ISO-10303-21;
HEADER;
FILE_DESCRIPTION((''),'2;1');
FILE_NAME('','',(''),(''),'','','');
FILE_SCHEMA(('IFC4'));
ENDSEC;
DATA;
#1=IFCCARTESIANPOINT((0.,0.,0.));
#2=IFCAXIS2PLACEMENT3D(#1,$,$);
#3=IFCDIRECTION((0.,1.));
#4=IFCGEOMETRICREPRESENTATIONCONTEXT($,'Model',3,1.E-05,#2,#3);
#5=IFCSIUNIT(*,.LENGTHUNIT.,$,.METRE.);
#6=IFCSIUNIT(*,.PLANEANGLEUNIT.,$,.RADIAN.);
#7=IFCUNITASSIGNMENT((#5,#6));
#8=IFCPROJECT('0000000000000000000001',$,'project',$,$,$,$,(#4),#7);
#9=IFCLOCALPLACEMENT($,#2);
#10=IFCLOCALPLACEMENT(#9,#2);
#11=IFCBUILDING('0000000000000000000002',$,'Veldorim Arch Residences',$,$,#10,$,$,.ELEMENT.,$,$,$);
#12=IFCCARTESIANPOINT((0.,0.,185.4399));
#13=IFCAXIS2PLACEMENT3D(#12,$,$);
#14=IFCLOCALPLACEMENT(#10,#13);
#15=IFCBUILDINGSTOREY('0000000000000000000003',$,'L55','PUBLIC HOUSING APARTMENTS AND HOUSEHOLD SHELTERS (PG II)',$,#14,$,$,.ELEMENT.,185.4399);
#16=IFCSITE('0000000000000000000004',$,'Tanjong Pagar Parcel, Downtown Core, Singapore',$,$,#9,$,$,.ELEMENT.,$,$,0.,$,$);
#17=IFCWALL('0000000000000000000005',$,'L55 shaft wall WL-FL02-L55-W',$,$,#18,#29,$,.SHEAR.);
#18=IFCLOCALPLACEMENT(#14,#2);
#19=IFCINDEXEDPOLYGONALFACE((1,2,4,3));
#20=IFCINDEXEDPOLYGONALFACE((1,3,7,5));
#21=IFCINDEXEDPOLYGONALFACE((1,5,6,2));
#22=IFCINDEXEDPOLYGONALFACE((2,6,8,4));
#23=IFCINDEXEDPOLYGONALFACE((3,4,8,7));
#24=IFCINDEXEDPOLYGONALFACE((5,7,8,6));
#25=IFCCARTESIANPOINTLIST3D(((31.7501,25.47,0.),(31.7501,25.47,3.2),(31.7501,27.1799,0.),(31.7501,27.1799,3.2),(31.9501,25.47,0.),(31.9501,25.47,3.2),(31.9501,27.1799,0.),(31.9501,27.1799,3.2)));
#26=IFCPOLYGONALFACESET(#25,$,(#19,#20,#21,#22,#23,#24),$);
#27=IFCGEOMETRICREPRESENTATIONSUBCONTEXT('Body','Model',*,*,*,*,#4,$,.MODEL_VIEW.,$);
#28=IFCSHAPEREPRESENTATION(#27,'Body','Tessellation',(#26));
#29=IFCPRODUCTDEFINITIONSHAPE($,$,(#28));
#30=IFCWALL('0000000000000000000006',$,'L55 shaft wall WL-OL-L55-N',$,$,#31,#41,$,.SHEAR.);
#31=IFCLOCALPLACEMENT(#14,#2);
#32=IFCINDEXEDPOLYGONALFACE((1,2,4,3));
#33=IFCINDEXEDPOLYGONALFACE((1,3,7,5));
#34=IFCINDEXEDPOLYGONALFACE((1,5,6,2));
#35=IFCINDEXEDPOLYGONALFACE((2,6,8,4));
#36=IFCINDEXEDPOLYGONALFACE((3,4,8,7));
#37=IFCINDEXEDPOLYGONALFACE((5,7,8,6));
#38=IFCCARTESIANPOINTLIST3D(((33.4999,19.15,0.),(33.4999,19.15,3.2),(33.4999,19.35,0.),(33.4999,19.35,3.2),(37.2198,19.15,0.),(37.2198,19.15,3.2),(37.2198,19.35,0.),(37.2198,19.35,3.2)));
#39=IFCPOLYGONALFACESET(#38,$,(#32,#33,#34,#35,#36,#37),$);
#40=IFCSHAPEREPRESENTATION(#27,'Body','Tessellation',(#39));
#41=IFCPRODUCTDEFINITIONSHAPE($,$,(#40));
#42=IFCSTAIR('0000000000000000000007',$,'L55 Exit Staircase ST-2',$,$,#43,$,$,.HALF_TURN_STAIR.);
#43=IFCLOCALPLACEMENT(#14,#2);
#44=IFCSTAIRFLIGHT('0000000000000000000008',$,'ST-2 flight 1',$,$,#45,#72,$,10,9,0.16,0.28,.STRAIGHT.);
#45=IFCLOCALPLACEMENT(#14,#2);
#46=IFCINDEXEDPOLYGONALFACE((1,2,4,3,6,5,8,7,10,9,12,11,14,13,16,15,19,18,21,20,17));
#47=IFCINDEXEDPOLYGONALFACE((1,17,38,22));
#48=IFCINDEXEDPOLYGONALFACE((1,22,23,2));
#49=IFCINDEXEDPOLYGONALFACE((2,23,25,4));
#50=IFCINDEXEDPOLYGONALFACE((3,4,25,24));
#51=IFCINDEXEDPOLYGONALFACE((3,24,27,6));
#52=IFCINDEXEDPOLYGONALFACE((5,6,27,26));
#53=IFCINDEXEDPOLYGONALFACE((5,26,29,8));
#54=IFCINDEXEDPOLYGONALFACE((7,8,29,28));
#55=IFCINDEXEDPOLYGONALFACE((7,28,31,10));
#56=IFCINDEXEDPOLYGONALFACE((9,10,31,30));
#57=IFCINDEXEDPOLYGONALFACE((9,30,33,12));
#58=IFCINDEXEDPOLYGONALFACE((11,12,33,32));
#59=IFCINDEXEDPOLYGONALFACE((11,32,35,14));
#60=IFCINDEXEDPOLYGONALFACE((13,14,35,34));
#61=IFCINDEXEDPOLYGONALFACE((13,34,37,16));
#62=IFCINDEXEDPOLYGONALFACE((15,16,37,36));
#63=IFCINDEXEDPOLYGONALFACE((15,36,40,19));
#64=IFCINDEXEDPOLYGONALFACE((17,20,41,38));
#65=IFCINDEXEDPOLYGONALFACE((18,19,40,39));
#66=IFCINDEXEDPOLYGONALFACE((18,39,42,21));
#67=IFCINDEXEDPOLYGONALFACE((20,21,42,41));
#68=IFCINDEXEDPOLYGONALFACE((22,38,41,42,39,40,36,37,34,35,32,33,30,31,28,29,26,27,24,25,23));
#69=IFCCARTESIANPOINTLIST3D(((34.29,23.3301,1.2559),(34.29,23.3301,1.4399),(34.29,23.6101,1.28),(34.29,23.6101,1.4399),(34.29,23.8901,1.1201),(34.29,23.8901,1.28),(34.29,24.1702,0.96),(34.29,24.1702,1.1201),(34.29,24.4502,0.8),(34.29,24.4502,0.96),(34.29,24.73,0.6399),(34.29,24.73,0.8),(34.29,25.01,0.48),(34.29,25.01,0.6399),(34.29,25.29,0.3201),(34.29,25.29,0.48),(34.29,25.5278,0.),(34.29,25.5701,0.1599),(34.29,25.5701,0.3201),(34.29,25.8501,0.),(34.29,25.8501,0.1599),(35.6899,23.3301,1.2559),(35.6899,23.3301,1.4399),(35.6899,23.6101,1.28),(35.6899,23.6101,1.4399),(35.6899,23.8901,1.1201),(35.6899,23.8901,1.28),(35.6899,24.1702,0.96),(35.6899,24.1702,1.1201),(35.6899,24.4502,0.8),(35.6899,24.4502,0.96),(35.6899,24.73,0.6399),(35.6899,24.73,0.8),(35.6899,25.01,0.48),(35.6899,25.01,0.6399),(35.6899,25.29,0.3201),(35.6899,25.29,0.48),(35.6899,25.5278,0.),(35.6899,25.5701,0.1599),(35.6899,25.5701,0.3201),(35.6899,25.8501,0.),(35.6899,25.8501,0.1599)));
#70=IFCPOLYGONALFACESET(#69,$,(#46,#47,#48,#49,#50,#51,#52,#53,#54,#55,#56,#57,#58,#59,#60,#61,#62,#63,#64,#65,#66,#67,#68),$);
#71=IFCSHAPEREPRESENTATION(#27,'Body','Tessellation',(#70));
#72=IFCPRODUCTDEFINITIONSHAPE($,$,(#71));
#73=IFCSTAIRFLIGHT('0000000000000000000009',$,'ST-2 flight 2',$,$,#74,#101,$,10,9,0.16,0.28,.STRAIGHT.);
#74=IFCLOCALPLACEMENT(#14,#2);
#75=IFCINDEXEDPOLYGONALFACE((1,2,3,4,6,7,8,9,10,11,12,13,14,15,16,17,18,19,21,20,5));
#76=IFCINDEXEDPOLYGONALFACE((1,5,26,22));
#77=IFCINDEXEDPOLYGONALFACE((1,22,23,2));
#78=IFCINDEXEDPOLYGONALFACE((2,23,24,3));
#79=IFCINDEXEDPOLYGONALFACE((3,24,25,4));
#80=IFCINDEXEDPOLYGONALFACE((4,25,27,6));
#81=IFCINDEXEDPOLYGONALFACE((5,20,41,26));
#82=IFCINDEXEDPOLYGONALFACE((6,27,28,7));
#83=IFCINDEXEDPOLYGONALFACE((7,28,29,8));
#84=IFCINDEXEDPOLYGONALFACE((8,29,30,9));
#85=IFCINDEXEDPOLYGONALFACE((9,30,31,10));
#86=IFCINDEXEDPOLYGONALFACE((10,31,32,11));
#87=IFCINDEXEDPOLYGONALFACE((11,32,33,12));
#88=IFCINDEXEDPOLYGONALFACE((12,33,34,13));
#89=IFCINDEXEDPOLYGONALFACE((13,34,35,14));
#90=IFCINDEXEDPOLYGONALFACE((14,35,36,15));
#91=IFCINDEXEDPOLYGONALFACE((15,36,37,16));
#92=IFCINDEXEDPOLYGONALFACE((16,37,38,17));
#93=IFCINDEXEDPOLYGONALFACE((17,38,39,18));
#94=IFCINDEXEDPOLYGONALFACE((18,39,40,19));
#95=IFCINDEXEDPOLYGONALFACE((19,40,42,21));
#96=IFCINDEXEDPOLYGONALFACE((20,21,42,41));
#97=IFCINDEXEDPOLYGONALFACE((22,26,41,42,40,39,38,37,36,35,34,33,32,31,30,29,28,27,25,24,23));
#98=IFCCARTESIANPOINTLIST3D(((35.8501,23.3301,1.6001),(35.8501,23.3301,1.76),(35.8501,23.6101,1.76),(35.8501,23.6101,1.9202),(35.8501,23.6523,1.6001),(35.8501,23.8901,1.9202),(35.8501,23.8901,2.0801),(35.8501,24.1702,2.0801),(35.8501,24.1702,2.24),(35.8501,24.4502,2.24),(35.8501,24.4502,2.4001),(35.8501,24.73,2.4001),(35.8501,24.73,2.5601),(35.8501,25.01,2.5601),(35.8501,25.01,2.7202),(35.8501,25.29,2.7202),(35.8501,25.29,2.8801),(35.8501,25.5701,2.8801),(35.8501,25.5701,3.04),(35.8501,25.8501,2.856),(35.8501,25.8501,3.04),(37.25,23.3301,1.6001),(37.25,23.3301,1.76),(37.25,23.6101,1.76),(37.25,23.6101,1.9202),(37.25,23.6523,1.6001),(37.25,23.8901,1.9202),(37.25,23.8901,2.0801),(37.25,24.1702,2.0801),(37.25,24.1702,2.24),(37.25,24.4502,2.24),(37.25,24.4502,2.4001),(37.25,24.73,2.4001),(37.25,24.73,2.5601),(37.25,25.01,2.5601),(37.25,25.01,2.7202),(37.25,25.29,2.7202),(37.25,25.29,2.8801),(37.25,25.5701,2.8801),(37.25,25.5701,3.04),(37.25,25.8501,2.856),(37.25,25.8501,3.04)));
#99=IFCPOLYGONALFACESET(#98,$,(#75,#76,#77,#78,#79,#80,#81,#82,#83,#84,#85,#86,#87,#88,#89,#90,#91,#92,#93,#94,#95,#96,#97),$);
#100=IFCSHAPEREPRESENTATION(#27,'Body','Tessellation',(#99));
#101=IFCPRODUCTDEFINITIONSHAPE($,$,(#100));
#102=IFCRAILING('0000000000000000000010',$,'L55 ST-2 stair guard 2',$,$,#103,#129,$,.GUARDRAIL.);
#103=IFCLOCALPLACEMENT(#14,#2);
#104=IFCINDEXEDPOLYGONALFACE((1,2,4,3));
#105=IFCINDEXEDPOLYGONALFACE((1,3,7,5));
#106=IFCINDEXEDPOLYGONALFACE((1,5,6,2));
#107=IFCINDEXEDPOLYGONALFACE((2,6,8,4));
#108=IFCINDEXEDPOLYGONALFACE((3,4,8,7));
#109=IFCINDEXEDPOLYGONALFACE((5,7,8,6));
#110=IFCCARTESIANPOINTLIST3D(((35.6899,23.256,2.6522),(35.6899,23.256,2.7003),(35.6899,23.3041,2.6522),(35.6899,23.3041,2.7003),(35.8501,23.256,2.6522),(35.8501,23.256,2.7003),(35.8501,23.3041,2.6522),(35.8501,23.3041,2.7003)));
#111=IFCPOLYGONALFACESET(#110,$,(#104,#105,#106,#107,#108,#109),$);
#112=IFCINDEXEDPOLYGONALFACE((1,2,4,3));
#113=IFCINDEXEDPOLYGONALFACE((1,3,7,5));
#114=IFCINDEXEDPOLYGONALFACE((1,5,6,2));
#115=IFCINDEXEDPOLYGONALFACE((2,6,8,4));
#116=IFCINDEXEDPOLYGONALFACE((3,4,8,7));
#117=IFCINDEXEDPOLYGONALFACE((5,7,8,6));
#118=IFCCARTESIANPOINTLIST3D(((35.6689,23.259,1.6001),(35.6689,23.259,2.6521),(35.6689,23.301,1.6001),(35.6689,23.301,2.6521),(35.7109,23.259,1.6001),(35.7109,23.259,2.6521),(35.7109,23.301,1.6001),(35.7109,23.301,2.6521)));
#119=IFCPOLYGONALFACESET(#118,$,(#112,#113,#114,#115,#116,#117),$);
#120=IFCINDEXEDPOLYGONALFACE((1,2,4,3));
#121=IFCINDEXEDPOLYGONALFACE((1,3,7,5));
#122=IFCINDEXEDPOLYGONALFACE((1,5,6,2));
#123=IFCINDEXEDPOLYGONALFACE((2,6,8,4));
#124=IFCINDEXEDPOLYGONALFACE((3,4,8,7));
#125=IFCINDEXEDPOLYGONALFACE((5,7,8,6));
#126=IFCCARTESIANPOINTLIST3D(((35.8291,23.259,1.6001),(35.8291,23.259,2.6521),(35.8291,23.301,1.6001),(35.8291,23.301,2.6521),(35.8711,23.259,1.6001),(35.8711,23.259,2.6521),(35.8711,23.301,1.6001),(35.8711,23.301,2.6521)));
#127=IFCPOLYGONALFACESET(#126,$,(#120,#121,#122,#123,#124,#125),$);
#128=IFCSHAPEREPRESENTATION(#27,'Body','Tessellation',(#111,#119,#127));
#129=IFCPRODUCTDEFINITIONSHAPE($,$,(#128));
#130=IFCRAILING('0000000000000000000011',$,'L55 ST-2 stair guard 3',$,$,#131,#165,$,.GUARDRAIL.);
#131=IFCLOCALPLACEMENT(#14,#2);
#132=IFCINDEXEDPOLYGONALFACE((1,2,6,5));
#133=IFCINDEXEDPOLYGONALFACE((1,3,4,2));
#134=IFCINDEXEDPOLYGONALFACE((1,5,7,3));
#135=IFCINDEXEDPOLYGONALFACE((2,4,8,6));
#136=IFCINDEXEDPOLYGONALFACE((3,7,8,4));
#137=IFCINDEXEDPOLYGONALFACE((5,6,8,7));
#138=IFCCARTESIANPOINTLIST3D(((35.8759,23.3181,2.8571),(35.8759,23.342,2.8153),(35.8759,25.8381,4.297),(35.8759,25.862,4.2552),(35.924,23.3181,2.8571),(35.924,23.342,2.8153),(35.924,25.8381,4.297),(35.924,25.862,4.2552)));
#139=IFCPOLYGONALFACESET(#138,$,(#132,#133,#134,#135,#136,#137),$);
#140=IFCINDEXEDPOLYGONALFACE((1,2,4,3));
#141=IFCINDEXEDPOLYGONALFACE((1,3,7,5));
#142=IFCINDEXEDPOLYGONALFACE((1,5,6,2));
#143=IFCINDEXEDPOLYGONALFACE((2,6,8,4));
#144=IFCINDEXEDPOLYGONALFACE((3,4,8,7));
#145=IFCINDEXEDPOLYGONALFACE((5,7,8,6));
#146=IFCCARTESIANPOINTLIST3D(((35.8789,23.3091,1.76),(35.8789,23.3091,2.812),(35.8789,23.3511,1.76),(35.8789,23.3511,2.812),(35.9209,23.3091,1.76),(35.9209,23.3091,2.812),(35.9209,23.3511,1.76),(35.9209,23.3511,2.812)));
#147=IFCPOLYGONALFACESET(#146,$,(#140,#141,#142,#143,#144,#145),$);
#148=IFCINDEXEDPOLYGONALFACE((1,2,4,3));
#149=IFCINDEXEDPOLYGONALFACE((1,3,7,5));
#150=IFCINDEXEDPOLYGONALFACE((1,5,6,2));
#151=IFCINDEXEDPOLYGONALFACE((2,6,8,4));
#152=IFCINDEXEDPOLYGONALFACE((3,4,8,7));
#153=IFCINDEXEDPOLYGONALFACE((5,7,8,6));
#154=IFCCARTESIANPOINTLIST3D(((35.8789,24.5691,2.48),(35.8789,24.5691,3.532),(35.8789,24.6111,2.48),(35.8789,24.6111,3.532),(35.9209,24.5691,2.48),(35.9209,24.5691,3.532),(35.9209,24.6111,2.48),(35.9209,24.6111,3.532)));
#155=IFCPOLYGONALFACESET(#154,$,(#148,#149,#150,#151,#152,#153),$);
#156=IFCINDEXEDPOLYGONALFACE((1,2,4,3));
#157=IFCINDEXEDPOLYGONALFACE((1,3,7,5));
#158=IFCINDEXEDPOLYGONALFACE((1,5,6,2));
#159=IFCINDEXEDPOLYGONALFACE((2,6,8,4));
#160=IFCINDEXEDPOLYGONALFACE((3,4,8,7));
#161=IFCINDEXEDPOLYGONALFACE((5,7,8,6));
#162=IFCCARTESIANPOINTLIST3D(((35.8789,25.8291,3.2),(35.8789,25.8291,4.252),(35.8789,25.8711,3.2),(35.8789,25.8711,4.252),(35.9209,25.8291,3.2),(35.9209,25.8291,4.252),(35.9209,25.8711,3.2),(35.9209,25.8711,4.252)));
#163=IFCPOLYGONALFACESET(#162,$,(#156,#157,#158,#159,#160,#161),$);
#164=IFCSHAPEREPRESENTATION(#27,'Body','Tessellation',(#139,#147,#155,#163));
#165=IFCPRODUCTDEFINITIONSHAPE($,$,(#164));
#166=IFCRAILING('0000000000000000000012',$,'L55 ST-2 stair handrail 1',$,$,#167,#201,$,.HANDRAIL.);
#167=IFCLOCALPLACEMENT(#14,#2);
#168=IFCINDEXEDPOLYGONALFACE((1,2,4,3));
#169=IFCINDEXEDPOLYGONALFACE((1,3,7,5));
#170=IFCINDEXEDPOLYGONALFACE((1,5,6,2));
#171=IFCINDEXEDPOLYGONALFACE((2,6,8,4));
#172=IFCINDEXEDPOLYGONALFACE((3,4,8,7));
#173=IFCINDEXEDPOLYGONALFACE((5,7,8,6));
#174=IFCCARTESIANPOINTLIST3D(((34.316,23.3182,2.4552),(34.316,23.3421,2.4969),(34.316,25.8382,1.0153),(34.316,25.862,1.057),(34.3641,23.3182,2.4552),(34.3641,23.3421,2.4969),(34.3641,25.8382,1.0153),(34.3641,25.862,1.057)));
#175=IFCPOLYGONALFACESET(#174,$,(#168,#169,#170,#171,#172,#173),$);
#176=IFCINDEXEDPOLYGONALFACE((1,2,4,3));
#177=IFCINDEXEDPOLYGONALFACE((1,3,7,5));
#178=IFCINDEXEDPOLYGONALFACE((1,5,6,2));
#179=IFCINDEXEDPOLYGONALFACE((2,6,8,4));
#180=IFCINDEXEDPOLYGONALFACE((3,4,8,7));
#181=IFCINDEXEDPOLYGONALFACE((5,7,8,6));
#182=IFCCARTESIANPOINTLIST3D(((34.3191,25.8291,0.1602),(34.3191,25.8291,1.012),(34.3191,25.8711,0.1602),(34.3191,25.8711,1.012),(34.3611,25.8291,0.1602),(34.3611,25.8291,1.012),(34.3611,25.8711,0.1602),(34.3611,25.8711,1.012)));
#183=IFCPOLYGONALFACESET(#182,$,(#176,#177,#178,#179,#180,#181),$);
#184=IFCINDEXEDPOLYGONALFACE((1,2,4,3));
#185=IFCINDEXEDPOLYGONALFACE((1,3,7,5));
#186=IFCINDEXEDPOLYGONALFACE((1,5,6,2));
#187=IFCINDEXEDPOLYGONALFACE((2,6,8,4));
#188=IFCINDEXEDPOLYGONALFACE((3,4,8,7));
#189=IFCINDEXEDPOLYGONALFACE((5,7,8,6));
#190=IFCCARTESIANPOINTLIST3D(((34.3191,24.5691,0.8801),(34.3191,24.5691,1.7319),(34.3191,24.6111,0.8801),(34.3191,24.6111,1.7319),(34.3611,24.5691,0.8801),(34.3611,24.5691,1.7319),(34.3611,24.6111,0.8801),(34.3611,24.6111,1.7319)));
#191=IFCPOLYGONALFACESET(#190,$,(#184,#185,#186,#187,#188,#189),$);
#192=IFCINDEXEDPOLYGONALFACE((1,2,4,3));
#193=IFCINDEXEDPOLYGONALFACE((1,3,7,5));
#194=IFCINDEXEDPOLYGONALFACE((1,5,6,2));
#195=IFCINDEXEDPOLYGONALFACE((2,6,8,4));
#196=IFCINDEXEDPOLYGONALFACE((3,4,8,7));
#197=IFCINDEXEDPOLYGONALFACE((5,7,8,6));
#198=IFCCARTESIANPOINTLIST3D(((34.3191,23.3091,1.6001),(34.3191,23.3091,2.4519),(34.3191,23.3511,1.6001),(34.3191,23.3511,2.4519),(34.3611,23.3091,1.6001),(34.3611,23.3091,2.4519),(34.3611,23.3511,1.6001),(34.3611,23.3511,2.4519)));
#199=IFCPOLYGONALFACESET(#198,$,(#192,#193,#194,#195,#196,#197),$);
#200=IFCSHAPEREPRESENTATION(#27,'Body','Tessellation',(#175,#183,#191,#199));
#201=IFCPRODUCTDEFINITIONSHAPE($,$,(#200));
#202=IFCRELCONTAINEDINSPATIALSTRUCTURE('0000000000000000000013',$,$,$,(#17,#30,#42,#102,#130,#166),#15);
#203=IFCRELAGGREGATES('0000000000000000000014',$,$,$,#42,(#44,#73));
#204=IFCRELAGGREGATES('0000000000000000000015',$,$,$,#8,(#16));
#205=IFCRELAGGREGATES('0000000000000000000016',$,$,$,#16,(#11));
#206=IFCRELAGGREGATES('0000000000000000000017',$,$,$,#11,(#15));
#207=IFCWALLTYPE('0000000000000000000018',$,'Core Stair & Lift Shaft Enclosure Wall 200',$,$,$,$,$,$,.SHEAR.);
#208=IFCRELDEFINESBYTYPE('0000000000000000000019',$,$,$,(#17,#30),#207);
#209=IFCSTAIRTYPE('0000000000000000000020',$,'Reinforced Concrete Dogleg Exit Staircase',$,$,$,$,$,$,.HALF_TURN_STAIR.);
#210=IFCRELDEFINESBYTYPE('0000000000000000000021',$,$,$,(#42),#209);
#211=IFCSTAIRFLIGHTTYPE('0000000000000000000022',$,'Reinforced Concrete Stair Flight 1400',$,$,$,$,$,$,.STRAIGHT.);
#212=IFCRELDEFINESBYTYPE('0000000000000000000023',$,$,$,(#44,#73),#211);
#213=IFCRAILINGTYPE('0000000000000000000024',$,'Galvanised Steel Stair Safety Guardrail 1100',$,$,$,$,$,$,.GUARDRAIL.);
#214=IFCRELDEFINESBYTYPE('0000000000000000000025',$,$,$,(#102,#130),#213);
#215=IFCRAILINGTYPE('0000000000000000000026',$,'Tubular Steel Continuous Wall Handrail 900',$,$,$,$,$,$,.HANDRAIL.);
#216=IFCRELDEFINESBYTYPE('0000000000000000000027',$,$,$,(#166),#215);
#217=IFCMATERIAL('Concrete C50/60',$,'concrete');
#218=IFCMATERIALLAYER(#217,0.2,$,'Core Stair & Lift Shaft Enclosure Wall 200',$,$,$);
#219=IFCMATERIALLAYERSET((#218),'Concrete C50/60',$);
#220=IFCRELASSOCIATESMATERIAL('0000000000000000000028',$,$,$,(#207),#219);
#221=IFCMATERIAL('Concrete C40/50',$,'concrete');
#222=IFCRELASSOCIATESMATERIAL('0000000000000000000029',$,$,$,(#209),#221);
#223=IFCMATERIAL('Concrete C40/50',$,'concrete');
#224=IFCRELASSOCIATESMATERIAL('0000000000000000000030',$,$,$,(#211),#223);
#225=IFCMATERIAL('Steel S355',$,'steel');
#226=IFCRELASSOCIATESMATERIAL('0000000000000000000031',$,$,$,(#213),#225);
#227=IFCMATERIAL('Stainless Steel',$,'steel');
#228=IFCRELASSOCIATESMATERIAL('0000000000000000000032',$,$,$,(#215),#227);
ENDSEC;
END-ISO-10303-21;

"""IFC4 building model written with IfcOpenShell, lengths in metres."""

from ifc_helpers import new_model, si_unit, direction, frame, frame_2d, origin, origin_2d, place, context, subcontext, project, spatial, polyline, rectangle, outline, extrude, material, layer, layer_set, type_object, element, aggregate, save


model = new_model("IFC4")

# Units and contexts
model_context = context("Model", 3, precision=1e-05, world=origin(), true_north=direction((0.0, 1.0)))
body_context = subcontext(model_context, "Body", "Model", "MODEL_VIEW")
ifc_project = project(units=[si_unit("LENGTHUNIT", "METRE"), si_unit("PLANEANGLEUNIT", "RADIAN")], contexts=[model_context])

# Site, building, storey
site_placement = place(None, origin())
site = spatial("IfcSite", under=ifc_project, at=site_placement, Name="Tanjong Pagar Parcel, Downtown Core, Singapore", CompositionType="ELEMENT", RefElevation=0.0)
building_placement = place(site_placement, origin())
building = spatial("IfcBuilding", under=site, at=building_placement, Name="Veldorim Arch Residences", CompositionType="ELEMENT")
storey_placement = place(building_placement, frame((0.0, 0.0, 185.4399)))
storey = spatial("IfcBuildingStorey", under=building, at=storey_placement, Name="L55", Description="PUBLIC HOUSING APARTMENTS AND HOUSEHOLD SHELTERS (PG II)", CompositionType="ELEMENT", Elevation=185.4399)

# Walls
ifc_material_1 = material(Name="Concrete C50/60", Category="concrete")
ifc_layer_1 = layer(ifc_material_1, 0.2, Name="Core Stair & Lift Shaft Enclosure Wall 200")
ifc_layer_set_1 = layer_set([ifc_layer_1], Name="Concrete C50/60")
wall_type_1 = type_object("IfcWallType", Name="Core Stair & Lift Shaft Enclosure Wall 200", PredefinedType="SHEAR", material=ifc_layer_set_1)
wall_1_placement = place(storey_placement, frame((31.8501, 25.47, 0.0), z_axis=(0.0, 0.0, 1.0), x_axis=(0.0, 1.0, 0.0)))
element("IfcWall", 1, at=wall_1_placement, inside=storey, type_object=wall_type_1, Name="L55 shaft wall WL-FL02-L55-W", PredefinedType="SHEAR", context=body_context, shape_type="SweptSolid", body=[
    extrude(rectangle(XDim=1.71, YDim=0.2, at=frame_2d((0.855, 0.0))), origin(), (0.0, 0.0, 1.0), 3.2),
])
wall_2_placement = place(storey_placement, frame((33.5, 19.25, 0.0), z_axis=(0.0, 0.0, 1.0), x_axis=(1.0, 0.0, 0.0)))
element("IfcWall", 2, at=wall_2_placement, inside=storey, type_object=wall_type_1, Name="L55 shaft wall WL-OL-L55-N", PredefinedType="SHEAR", context=body_context, shape_type="SweptSolid", body=[
    extrude(rectangle(XDim=3.72, YDim=0.2, at=frame_2d((1.8599, 0.0))), origin(), (0.0, 0.0, 1.0), 3.2),
])

# Stair, stair flights
ifc_material_2 = material(Name="Concrete C40/50", Category="concrete")
stair_type = type_object("IfcStairType", Name="Reinforced Concrete Dogleg Exit Staircase", PredefinedType="HALF_TURN_STAIR", material=ifc_material_2)
stair_placement = place(storey_placement, origin())
stair = element("IfcStair", 3, at=stair_placement, inside=storey, type_object=stair_type, Name="L55 Exit Staircase ST-2", PredefinedType="HALF_TURN_STAIR")
ifc_material_3 = material(Name="Concrete C40/50", Category="concrete")
stair_flight_type = type_object("IfcStairFlightType", Name="Reinforced Concrete Stair Flight 1400", PredefinedType="STRAIGHT", material=ifc_material_3)
stair_flight_1_placement = place(storey_placement, frame((34.99, 25.8501, 0.0), z_axis=(0.0, 0.0, 1.0), x_axis=(0.0, -1.0, 0.0)))
stair_flight_1 = element("IfcStairFlight", 4, at=stair_flight_1_placement, type_object=stair_flight_type, Name="ST-2 flight 1", NumberOfRisers=10, NumberOfTreads=9, PredefinedType="STRAIGHT", RiserHeight=0.16, TreadLength=0.28, context=body_context, shape_type="SweptSolid", body=[
    extrude(outline(polyline([(0.0, 0.0), (0.0, 0.1599), (0.28, 0.1599), (0.28, 0.3201), (0.5601, 0.3201), (0.5601, 0.48), (0.8401, 0.48), (0.8401, 0.6399), (1.1201, 0.6399), (1.1201, 0.8), (1.3999, 0.8), (1.3999, 0.96), (1.6799, 0.96), (1.6799, 1.1201), (1.96, 1.1201), (1.96, 1.28), (2.24, 1.28), (2.24, 1.4399), (2.52, 1.4399), (2.52, 1.6001), (2.52, 1.2559), (0.3223, 0.0), (0.0, 0.0)])), frame((0.0, 0.7, 0.0), z_axis=(0.0, -1.0, 0.0), x_axis=(1.0, 0.0, 0.0)), (0.0, 0.0, 1.0), 1.3999),
])
stair_flight_2_placement = place(storey_placement, frame((36.55, 23.3301, 1.6001), z_axis=(0.0, 0.0, 1.0), x_axis=(0.0, 1.0, 0.0)))
stair_flight_2 = element("IfcStairFlight", 5, at=stair_flight_2_placement, type_object=stair_flight_type, Name="ST-2 flight 2", NumberOfRisers=10, NumberOfTreads=9, PredefinedType="STRAIGHT", RiserHeight=0.16, TreadLength=0.28, context=body_context, shape_type="SweptSolid", body=[
    extrude(outline(polyline([(0.0, 0.0), (0.0, 0.1599), (0.28, 0.1599), (0.28, 0.3201), (0.5601, 0.3201), (0.5601, 0.48), (0.8401, 0.48), (0.8401, 0.6399), (1.1201, 0.6399), (1.1201, 0.8), (1.3999, 0.8), (1.3999, 0.96), (1.6799, 0.96), (1.6799, 1.1201), (1.96, 1.1201), (1.96, 1.28), (2.24, 1.28), (2.24, 1.4399), (2.52, 1.4399), (2.52, 1.6001), (2.52, 1.2559), (0.3223, 0.0), (0.0, 0.0)])), frame((0.0, 0.7, 0.0), z_axis=(0.0, -1.0, 0.0), x_axis=(1.0, 0.0, 0.0)), (0.0, 0.0, 1.0), 1.3999),
])
aggregate(stair, [stair_flight_1, stair_flight_2])

# Railings
ifc_material_4 = material(Name="Steel S355", Category="steel")
railing_type_1 = type_object("IfcRailingType", Name="Galvanised Steel Stair Safety Guardrail 1100", PredefinedType="GUARDRAIL", material=ifc_material_4)
railing_1_placement = place(storey_placement, frame((35.6899, 23.28, 1.6001)))
element("IfcRailing", 6, at=railing_1_placement, inside=storey, type_object=railing_type_1, Name="L55 ST-2 stair guard 2", PredefinedType="GUARDRAIL", context=body_context, shape_type="SweptSolid", body=[
    extrude(rectangle(XDim=0.0481, YDim=0.0481, at=origin_2d()), frame((0.0, 0.0, 1.0762), z_axis=(1.0, 0.0, 0.0), x_axis=(0.0, 1.0, 0.0)), (0.0, 0.0, 1.0), 0.1602),
    extrude(rectangle(XDim=0.042, YDim=0.042, at=origin_2d()), origin(), (0.0, 0.0, 1.0), 1.052),
    extrude(rectangle(XDim=0.042, YDim=0.042, at=origin_2d()), frame((0.1602, 0.0, 0.0)), (0.0, 0.0, 1.0), 1.052),
])
railing_2_placement = place(storey_placement, frame((35.8999, 23.3301, 1.76)))
element("IfcRailing", 7, at=railing_2_placement, inside=storey, type_object=railing_type_1, Name="L55 ST-2 stair guard 3", PredefinedType="GUARDRAIL", context=body_context, shape_type="SweptSolid", body=[
    extrude(rectangle(XDim=0.0481, YDim=0.0481, at=origin_2d()), frame((0.0, 0.0, 1.0762), z_axis=(0.0, 0.868253, 0.496121), x_axis=(-1.0, 0.0, 0.0)), (0.0, 0.0, 1.0), 2.9023),
    extrude(rectangle(XDim=0.042, YDim=0.042, at=origin_2d()), origin(), (0.0, 0.0, 1.0), 1.052),
    extrude(rectangle(XDim=0.042, YDim=0.042, at=origin_2d()), frame((0.0, 1.26, 0.72)), (0.0, 0.0, 1.0), 1.052),
    extrude(rectangle(XDim=0.042, YDim=0.042, at=origin_2d()), frame((0.0, 2.52, 1.4399)), (0.0, 0.0, 1.0), 1.052),
])
ifc_material_5 = material(Name="Stainless Steel", Category="steel")
railing_type_2 = type_object("IfcRailingType", Name="Tubular Steel Continuous Wall Handrail 900", PredefinedType="HANDRAIL", material=ifc_material_5)
railing_3_placement = place(storey_placement, frame((34.3401, 25.8501, 0.1602)))
element("IfcRailing", 8, at=railing_3_placement, inside=storey, type_object=railing_type_2, Name="L55 ST-2 stair handrail 1", PredefinedType="HANDRAIL", context=body_context, shape_type="SweptSolid", body=[
    extrude(rectangle(XDim=0.0481, YDim=0.0481, at=origin_2d()), frame((0.0, 0.0, 0.876), z_axis=(0.0, -0.868253, 0.496121), x_axis=(1.0, 0.0, 0.0)), (0.0, 0.0, 1.0), 2.9023),
    extrude(rectangle(XDim=0.042, YDim=0.042, at=origin_2d()), origin(), (0.0, 0.0, 1.0), 0.8518),
    extrude(rectangle(XDim=0.042, YDim=0.042, at=origin_2d()), frame((0.0, -1.26, 0.72)), (0.0, 0.0, 1.0), 0.8518),
    extrude(rectangle(XDim=0.042, YDim=0.042, at=origin_2d()), frame((0.0, -2.52, 1.4399)), (0.0, 0.0, 1.0), 0.8518),
])

save(model, "model.ifc")
